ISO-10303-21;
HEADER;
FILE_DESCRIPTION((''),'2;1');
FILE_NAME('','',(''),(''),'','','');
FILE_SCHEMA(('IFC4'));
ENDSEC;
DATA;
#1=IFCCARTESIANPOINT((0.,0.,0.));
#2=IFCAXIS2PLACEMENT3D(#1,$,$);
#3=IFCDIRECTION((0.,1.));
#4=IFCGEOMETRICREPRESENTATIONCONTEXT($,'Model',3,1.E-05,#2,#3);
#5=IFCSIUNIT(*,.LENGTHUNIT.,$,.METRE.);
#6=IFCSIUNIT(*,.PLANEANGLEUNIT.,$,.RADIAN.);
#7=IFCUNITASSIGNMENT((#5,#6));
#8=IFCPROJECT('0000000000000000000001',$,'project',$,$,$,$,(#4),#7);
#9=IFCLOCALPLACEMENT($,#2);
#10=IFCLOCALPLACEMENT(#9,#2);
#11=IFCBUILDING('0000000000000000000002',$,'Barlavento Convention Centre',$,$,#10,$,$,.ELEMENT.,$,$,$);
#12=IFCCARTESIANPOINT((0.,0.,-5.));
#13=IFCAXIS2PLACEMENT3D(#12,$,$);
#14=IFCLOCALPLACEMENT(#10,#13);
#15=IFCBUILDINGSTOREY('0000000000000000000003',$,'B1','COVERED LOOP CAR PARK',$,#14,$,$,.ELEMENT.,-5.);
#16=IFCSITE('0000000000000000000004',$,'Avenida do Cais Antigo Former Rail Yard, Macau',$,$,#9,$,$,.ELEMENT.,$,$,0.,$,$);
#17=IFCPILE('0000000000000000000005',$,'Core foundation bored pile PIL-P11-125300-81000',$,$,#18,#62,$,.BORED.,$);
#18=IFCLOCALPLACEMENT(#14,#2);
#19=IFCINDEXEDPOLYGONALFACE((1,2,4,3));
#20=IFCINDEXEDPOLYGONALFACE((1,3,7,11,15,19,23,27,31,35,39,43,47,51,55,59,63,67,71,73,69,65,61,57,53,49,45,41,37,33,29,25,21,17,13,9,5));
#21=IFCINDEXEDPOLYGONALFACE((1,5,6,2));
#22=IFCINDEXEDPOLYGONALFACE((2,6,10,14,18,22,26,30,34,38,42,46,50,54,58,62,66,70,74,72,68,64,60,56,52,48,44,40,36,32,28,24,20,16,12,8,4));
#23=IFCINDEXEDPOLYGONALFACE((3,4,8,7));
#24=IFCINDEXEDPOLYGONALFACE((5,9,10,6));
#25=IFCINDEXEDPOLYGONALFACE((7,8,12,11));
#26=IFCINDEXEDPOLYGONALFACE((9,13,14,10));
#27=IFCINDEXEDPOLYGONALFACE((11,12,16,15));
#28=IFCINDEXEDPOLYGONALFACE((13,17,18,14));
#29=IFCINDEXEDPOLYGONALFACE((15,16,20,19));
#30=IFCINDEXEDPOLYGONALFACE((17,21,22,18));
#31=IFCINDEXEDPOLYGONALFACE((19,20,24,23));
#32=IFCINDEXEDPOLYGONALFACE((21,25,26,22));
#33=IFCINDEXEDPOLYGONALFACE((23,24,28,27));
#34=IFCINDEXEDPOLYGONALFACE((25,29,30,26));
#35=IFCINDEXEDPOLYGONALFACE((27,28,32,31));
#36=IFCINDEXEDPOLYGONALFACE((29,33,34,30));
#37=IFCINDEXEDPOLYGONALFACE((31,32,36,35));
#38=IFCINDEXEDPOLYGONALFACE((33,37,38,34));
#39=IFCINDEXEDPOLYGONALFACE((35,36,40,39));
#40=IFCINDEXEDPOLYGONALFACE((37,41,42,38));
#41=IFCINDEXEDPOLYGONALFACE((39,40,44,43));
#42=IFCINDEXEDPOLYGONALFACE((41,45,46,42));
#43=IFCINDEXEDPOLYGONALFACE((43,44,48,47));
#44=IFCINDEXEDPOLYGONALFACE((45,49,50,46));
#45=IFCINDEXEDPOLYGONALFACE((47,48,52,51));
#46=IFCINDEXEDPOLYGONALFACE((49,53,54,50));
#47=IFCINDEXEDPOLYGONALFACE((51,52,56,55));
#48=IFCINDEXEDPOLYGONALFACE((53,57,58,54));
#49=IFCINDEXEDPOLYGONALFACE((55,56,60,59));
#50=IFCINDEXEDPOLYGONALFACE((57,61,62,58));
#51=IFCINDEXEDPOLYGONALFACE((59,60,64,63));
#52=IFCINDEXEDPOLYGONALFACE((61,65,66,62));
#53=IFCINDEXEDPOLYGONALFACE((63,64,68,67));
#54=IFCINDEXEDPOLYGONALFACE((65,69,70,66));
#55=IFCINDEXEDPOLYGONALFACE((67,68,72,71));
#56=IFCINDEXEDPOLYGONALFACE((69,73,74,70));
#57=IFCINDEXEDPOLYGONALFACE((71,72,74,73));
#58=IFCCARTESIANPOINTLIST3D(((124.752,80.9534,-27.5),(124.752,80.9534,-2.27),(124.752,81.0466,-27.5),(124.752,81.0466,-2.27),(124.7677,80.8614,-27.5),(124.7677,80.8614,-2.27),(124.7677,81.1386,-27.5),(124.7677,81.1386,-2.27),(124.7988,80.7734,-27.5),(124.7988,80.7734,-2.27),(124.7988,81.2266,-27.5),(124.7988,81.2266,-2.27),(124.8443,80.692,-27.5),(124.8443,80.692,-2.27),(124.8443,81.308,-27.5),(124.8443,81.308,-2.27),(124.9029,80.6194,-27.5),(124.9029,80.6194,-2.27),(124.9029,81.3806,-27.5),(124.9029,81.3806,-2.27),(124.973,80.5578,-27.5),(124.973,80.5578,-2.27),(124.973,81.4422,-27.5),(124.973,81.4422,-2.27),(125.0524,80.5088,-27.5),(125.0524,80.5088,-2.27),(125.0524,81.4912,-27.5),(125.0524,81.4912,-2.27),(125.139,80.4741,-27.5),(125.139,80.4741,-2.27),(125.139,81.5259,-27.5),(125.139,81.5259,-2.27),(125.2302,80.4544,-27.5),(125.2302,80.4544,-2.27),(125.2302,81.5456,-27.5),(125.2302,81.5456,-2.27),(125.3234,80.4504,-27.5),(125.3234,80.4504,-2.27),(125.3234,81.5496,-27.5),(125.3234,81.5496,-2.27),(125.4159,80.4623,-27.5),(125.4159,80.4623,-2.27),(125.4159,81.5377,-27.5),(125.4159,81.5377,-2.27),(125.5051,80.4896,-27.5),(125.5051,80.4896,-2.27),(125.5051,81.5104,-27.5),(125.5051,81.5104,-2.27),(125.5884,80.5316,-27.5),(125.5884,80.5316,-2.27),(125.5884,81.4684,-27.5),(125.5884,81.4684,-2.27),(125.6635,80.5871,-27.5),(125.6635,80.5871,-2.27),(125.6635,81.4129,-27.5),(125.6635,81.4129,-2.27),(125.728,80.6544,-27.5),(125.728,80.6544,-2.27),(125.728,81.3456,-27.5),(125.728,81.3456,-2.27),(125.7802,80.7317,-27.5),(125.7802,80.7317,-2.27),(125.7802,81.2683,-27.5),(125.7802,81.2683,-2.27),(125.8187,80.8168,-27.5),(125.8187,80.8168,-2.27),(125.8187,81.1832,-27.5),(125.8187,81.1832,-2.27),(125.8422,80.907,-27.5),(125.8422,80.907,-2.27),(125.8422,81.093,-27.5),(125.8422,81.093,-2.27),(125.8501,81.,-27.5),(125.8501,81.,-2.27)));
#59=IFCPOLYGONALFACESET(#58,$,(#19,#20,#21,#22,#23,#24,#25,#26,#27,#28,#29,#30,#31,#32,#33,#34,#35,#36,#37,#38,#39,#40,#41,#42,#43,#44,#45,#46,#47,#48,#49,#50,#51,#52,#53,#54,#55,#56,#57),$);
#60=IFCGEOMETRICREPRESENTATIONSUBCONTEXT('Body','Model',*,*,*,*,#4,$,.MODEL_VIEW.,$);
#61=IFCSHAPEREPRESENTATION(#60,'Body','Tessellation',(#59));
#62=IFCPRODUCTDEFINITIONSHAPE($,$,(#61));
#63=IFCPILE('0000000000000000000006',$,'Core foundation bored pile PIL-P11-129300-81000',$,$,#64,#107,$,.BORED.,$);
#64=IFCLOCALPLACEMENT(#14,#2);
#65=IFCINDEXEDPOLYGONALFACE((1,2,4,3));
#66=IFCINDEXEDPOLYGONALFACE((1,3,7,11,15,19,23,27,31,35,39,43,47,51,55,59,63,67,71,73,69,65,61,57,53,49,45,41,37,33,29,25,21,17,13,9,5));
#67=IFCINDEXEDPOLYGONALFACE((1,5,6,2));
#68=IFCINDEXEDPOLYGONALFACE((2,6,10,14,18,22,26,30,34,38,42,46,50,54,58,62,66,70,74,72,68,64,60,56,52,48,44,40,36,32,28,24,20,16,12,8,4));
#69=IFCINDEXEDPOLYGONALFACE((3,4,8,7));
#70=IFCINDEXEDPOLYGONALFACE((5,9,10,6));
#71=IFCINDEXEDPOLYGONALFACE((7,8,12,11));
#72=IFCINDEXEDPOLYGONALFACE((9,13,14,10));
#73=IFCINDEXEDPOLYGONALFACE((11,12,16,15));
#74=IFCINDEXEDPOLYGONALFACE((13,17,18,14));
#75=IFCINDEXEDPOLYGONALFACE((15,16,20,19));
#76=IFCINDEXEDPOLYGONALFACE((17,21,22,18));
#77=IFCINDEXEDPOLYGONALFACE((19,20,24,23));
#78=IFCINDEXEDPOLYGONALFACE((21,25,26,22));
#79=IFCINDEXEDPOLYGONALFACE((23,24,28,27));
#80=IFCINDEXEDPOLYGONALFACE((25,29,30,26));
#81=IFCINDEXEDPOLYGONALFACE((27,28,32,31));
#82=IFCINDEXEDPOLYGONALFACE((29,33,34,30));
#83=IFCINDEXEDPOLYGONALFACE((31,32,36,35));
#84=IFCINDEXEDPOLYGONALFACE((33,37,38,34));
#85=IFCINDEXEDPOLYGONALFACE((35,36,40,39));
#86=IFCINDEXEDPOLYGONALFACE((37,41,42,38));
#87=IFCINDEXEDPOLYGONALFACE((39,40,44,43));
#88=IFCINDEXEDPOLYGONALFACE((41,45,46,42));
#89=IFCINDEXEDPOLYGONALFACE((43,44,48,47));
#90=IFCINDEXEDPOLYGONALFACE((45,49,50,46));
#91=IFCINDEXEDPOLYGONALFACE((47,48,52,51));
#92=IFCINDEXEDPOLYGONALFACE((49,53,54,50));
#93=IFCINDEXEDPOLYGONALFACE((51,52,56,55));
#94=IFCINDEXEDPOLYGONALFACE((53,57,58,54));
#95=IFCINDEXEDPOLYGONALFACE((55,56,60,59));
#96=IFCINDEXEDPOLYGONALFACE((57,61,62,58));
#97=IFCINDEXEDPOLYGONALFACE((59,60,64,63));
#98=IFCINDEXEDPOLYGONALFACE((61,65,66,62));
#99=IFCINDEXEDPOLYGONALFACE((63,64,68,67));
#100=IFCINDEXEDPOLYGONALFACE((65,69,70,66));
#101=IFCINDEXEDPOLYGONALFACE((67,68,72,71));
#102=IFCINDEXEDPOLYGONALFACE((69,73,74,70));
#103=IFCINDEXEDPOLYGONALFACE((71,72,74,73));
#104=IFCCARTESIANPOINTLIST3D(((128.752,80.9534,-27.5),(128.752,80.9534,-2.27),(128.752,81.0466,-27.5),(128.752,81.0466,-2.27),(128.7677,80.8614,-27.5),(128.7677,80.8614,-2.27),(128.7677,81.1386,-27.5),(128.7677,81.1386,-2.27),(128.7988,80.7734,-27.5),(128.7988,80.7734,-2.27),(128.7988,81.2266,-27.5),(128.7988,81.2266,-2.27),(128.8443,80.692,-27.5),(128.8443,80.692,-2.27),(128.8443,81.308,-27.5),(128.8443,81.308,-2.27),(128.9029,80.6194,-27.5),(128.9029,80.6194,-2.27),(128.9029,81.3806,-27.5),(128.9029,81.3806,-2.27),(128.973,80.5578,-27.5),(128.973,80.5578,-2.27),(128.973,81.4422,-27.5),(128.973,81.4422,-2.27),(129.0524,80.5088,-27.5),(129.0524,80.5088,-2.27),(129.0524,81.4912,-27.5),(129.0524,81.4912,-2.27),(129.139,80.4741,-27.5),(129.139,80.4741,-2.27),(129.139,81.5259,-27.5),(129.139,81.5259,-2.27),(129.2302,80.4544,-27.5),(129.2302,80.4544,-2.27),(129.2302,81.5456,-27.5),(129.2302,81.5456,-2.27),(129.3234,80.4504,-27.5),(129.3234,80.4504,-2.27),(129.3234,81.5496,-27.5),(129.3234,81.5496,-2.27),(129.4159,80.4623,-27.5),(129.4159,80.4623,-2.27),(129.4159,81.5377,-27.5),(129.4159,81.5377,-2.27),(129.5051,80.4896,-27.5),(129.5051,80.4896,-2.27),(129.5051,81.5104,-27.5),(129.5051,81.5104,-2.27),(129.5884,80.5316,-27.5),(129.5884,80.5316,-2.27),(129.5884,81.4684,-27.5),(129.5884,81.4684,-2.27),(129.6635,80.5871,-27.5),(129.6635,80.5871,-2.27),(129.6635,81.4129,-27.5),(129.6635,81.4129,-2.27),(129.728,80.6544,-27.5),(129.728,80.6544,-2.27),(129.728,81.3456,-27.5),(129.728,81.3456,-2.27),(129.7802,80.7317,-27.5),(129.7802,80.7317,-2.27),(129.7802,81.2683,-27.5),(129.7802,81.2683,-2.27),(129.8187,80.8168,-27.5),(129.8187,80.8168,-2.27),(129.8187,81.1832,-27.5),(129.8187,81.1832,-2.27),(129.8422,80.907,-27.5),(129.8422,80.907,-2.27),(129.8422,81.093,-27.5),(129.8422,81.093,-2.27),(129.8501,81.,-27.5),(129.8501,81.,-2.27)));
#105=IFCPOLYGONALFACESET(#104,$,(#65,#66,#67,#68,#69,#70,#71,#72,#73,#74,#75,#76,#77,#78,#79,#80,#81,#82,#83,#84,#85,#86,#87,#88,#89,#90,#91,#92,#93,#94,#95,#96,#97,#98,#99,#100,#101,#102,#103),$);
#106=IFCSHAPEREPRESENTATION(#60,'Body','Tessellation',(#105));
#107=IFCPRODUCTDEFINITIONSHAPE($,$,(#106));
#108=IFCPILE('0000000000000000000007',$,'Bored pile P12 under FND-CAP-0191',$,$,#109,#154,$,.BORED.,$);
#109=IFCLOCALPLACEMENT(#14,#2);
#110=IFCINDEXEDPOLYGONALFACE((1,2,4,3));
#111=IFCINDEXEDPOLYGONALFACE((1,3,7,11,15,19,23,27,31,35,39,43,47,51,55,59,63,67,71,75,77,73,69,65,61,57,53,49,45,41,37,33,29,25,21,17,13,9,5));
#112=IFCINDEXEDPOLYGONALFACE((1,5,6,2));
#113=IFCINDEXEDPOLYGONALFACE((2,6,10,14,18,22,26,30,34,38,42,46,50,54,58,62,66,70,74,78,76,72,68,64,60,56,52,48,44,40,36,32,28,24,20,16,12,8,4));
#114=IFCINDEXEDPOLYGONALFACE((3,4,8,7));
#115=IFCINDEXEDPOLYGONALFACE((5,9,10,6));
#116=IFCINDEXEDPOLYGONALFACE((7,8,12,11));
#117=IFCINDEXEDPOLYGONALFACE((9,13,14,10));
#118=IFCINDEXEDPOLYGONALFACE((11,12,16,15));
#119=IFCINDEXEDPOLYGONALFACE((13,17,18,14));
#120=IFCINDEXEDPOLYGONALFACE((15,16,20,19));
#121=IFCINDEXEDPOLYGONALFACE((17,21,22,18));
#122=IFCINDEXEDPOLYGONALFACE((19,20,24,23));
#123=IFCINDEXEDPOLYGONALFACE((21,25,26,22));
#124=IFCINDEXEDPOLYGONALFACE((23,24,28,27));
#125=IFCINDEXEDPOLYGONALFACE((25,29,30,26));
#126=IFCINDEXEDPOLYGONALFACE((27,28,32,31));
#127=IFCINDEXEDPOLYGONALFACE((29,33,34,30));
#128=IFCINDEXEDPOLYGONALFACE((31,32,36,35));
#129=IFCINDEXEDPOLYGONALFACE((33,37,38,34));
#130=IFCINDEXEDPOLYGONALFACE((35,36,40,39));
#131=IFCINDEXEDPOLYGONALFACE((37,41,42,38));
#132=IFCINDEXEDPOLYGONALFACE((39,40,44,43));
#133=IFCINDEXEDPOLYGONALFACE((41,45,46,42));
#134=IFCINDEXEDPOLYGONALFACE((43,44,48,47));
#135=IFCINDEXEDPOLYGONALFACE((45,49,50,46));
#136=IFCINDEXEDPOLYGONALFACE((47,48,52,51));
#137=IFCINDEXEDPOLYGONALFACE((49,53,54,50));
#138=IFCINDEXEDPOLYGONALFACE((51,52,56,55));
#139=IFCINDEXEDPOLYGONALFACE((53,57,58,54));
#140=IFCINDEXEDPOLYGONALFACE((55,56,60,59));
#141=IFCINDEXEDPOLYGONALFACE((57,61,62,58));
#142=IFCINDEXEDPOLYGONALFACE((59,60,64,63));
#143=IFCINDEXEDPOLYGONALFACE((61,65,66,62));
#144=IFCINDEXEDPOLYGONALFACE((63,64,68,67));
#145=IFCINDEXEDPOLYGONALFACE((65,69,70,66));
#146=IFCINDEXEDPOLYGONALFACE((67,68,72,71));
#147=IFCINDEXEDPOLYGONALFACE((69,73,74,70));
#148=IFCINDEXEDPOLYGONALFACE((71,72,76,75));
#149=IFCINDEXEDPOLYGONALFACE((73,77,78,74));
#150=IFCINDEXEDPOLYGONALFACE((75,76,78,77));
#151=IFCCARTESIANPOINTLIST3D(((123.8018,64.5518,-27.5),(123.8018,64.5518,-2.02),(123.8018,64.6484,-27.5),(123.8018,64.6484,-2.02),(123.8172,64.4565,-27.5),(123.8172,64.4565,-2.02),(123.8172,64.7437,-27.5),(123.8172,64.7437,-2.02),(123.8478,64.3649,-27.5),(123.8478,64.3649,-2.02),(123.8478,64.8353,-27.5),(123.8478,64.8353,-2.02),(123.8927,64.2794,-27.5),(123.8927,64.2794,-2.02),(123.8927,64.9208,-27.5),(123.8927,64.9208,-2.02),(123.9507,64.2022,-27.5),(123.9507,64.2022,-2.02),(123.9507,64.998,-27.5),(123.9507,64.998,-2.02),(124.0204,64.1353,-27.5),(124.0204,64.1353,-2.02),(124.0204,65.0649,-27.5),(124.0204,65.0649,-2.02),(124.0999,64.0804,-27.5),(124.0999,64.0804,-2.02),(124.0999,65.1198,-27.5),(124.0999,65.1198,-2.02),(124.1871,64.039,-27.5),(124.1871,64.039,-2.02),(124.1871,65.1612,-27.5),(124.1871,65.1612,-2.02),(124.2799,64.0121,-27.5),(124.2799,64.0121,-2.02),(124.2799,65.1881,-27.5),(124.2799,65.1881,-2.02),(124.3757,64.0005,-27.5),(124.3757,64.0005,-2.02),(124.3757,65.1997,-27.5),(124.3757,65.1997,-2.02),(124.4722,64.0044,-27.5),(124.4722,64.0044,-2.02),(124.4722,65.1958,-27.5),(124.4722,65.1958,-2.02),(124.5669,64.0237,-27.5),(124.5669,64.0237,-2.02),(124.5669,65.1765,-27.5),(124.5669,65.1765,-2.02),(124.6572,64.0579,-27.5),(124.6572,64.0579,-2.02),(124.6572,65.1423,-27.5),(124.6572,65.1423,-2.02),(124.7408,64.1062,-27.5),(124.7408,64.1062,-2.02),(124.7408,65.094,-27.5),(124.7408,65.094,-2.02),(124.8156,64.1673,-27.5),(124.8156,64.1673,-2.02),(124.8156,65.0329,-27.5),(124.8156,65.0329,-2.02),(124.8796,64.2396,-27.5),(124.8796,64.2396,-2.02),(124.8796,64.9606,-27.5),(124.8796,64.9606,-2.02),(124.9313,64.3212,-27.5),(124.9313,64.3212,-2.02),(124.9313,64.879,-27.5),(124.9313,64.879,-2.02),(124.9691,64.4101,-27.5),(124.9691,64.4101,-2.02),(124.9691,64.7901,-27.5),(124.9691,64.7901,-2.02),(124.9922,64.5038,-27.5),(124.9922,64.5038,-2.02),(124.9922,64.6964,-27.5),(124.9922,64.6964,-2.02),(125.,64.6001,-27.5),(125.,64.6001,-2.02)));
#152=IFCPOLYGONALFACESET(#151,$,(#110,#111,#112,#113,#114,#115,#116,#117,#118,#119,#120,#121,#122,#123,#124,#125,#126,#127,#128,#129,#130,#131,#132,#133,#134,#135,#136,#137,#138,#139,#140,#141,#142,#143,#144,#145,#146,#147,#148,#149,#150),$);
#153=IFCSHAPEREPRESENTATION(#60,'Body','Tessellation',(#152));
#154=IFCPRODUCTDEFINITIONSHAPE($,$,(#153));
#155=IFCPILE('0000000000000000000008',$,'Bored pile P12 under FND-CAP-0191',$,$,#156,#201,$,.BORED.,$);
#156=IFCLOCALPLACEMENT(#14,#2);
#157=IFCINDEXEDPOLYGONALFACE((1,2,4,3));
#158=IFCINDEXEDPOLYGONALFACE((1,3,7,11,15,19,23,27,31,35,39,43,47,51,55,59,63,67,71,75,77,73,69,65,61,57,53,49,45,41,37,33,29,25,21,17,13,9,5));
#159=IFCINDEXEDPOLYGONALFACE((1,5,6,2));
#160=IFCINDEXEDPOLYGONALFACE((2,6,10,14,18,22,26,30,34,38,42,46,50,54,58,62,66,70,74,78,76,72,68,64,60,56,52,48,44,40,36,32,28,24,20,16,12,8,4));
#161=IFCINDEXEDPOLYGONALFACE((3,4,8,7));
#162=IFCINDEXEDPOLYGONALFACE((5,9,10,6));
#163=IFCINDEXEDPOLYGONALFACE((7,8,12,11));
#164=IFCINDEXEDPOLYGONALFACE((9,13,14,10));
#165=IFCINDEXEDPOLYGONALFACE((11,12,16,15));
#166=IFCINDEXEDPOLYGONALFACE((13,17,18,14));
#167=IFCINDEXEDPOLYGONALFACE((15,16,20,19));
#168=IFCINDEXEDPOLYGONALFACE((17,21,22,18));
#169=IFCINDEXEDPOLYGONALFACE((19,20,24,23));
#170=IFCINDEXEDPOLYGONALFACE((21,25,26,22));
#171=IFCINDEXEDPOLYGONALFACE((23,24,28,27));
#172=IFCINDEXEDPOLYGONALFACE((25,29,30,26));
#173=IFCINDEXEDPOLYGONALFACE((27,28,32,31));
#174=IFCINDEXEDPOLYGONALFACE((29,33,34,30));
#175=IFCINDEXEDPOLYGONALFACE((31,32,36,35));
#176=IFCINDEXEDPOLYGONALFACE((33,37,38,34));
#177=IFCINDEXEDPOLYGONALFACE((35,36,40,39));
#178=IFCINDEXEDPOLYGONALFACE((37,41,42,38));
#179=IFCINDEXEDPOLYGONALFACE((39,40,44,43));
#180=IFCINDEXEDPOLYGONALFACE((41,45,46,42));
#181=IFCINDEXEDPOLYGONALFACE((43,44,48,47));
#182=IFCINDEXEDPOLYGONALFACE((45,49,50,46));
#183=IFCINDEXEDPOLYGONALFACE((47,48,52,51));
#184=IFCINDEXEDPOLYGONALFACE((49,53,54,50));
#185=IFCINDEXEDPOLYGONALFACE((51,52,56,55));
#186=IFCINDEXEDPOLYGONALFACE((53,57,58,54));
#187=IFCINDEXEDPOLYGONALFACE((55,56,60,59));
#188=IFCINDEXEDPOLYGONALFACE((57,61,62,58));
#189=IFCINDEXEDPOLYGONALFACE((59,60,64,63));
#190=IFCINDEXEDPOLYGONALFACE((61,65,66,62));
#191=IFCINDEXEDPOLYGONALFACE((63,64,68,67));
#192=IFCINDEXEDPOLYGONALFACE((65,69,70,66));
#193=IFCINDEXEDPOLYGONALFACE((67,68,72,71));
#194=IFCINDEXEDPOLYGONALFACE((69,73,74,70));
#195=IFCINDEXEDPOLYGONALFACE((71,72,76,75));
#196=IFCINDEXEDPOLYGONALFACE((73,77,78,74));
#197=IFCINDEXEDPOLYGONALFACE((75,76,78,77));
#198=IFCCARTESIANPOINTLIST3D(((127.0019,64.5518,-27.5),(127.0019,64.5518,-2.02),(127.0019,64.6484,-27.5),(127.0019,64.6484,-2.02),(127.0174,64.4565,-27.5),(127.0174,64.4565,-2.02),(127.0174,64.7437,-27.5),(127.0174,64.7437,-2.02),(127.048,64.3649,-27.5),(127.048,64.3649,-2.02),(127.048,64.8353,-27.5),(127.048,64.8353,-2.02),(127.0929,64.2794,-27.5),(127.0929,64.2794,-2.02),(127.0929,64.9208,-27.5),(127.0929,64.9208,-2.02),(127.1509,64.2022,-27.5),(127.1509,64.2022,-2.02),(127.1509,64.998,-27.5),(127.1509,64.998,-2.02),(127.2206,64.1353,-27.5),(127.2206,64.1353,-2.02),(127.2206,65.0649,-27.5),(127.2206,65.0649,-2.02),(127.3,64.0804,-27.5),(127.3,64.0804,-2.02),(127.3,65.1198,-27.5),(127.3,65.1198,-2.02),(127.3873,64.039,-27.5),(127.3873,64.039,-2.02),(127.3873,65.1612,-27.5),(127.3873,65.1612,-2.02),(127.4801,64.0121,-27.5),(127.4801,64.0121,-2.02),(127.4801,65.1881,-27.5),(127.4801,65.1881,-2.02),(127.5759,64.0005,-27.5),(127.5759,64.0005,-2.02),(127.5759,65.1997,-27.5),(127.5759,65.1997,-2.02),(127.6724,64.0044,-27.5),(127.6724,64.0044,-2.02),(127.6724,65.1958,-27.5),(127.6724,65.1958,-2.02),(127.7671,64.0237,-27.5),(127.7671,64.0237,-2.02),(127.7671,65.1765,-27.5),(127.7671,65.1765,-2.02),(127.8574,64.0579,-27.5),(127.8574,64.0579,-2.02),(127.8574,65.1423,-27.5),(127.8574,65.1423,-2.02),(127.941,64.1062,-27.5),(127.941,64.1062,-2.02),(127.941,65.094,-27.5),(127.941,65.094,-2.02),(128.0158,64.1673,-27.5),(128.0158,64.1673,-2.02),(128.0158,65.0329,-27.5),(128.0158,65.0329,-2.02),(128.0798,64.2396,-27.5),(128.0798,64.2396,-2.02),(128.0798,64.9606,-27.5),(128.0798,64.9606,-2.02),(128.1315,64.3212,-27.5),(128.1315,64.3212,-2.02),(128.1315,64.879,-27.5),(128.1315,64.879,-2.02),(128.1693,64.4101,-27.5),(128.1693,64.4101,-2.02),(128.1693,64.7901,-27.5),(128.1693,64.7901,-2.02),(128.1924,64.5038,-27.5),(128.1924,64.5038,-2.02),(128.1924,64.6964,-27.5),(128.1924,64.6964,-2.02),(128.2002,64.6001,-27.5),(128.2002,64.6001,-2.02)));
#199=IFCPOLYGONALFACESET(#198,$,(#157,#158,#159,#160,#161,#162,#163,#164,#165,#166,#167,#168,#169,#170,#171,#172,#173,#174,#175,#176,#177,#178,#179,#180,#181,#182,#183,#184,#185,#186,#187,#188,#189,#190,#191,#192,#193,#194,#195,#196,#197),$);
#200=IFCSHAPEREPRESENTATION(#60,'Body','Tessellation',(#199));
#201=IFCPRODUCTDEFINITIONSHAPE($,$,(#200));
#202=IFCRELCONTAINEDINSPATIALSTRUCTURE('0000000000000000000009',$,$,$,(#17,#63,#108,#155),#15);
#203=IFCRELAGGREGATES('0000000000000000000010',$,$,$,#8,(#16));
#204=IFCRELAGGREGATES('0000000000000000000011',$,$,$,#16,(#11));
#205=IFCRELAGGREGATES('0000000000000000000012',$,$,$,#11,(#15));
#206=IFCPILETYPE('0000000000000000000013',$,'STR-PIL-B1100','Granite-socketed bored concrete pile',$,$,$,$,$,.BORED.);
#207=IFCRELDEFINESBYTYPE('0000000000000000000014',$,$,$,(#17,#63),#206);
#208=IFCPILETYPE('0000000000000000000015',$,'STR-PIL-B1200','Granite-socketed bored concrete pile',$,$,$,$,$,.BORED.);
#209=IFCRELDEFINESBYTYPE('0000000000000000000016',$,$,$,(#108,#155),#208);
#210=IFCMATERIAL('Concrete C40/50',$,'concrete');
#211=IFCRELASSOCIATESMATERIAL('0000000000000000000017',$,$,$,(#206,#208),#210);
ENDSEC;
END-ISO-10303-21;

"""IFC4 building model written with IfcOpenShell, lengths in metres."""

from ifc_helpers import new_model, si_unit, direction, frame, origin, origin_2d, place, context, subcontext, project, spatial, circle, extrude, material, material_profile, profile_set, type_object, element, save


model = new_model("IFC4")

# Units and contexts
model_context = context("Model", 3, precision=1e-05, world=origin(), true_north=direction((0.0, 1.0)))
body_context = subcontext(model_context, "Body", "Model", "MODEL_VIEW")
ifc_project = project(units=[si_unit("LENGTHUNIT", "METRE"), si_unit("PLANEANGLEUNIT", "RADIAN")], contexts=[model_context])

# Site, building, storey
site_placement = place(None, origin())
site = spatial("IfcSite", under=ifc_project, at=site_placement, Name="Avenida do Cais Antigo Former Rail Yard, Macau", CompositionType="ELEMENT", RefElevation=0.0)
building_placement = place(site_placement, origin())
building = spatial("IfcBuilding", under=site, at=building_placement, Name="Barlavento Convention Centre", CompositionType="ELEMENT")
storey_placement = place(building_placement, frame((0.0, 0.0, -5.0)))
storey = spatial("IfcBuildingStorey", under=building, at=storey_placement, Name="B1", Description="COVERED LOOP CAR PARK", CompositionType="ELEMENT", Elevation=-5.0)

# Shared definitions
ifc_material_1 = material(Name="Concrete C40/50", Category="concrete")

# Piles
ifc_material_profile_1 = material_profile(ifc_material_1, circle(Radius=0.55, at=origin_2d()), Name="BORED PILE 1100")
ifc_profile_set_1 = profile_set([ifc_material_profile_1], Name="Concrete C40/50")
pile_type_1 = type_object("IfcPileType", Name="STR-PIL-B1100", Description="Granite-socketed bored concrete pile", PredefinedType="BORED", material=ifc_profile_set_1)
for number, where, z_axis, x_axis, name in (
    (1, (125.3, 81.0, -2.27), (0.0, 0.0, -1.0), (1.0, 0.0, 0.0), "Core foundation bored pile PIL-P11-125300-81000"),
    (2, (129.3, 81.0, -2.27), (0.0, 0.0, -1.0), (1.0, 0.0, 0.0), "Core foundation bored pile PIL-P11-129300-81000"),
):
    element("IfcPile", number, at=place(storey_placement, frame(where, z_axis=z_axis, x_axis=x_axis)), inside=storey, type_object=pile_type_1, Name=name, PredefinedType="BORED", context=body_context, shape_type="SweptSolid", body=[
        extrude(circle(Radius=0.55, at=origin_2d()), origin(), (0.0, 0.0, 1.0), 25.23),
    ])
ifc_material_profile_2 = material_profile(ifc_material_1, circle(Radius=0.6001, at=origin_2d()), Name="BORED PILE 1200")
ifc_profile_set_2 = profile_set([ifc_material_profile_2], Name="Concrete C40/50")
pile_type_2 = type_object("IfcPileType", Name="STR-PIL-B1200", Description="Granite-socketed bored concrete pile", PredefinedType="BORED", material=ifc_profile_set_2)
for number, where, z_axis, x_axis, name in (
    (3, (124.3999, 64.6001, -2.02), (0.0, 0.0, -1.0), (1.0, 0.0, 0.0), "Bored pile P12 under FND-CAP-0191"),
    (4, (127.6001, 64.6001, -2.02), (0.0, 0.0, -1.0), (1.0, 0.0, 0.0), "Bored pile P12 under FND-CAP-0191"),
):
    element("IfcPile", number, at=place(storey_placement, frame(where, z_axis=z_axis, x_axis=x_axis)), inside=storey, type_object=pile_type_2, Name=name, PredefinedType="BORED", context=body_context, shape_type="SweptSolid", body=[
        extrude(circle(Radius=0.6001, at=origin_2d()), origin(), (0.0, 0.0, 1.0), 25.48),
    ])

save(model, "model.ifc")
